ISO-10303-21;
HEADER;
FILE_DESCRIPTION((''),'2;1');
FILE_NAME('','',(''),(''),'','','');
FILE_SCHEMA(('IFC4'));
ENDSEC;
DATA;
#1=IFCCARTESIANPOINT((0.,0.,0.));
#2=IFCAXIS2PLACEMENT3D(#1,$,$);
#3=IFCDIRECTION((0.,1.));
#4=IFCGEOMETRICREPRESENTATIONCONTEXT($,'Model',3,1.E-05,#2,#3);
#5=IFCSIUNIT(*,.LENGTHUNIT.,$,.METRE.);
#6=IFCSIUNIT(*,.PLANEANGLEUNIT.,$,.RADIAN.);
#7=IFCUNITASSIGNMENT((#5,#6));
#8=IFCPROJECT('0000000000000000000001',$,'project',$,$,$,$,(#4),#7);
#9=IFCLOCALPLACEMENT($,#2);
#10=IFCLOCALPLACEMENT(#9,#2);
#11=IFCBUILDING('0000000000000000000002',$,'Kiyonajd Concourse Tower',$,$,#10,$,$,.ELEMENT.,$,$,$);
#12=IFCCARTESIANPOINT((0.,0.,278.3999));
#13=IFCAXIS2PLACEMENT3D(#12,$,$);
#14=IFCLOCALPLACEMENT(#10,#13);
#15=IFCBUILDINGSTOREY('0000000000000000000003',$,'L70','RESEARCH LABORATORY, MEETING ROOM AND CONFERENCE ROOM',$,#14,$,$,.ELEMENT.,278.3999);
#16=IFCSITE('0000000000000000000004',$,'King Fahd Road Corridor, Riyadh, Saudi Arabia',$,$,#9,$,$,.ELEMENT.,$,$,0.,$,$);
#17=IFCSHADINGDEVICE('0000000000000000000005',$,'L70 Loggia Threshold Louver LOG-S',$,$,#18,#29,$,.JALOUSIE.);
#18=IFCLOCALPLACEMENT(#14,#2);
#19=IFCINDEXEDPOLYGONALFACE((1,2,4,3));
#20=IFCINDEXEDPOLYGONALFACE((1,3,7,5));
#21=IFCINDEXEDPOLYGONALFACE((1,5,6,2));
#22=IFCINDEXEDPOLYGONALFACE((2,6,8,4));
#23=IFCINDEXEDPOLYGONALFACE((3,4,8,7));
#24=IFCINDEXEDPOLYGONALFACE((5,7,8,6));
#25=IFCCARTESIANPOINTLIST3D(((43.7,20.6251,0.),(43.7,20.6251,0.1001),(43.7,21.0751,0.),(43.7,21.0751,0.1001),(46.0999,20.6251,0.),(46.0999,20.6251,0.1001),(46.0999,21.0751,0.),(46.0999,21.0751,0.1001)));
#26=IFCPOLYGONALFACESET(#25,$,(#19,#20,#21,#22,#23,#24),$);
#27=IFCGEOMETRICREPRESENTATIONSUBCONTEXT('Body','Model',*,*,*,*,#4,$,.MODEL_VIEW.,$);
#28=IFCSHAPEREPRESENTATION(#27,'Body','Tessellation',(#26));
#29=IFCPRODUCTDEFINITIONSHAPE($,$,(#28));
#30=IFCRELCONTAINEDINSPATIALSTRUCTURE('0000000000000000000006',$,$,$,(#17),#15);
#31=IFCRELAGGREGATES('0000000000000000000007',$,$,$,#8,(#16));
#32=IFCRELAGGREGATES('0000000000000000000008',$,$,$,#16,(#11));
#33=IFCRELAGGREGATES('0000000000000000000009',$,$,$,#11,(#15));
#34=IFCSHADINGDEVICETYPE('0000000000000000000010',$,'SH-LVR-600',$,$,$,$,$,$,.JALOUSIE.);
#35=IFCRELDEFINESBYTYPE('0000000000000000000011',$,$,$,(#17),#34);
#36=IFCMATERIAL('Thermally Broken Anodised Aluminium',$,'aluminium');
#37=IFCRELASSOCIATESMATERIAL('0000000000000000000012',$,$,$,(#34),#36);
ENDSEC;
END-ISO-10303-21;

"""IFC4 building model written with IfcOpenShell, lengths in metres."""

from ifc_helpers import new_model, si_unit, direction, frame, origin, origin_2d, place, context, subcontext, project, spatial, rectangle, extrude, material, type_object, element, save


model = new_model("IFC4")

# Units and contexts
model_context = context("Model", 3, precision=1e-05, world=origin(), true_north=direction((0.0, 1.0)))
body_context = subcontext(model_context, "Body", "Model", "MODEL_VIEW")
ifc_project = project(units=[si_unit("LENGTHUNIT", "METRE"), si_unit("PLANEANGLEUNIT", "RADIAN")], contexts=[model_context])

# Site, building, storey
site_placement = place(None, origin())
site = spatial("IfcSite", under=ifc_project, at=site_placement, Name="King Fahd Road Corridor, Riyadh, Saudi Arabia", CompositionType="ELEMENT", RefElevation=0.0)
building_placement = place(site_placement, origin())
building = spatial("IfcBuilding", under=site, at=building_placement, Name="Kiyonajd Concourse Tower", CompositionType="ELEMENT")
storey_placement = place(building_placement, frame((0.0, 0.0, 278.3999)))
storey = spatial("IfcBuildingStorey", under=building, at=storey_placement, Name="L70", Description="RESEARCH LABORATORY, MEETING ROOM AND CONFERENCE ROOM", CompositionType="ELEMENT", Elevation=278.3999)

# Shared definitions
ifc_material_1 = material(Name="Thermally Broken Anodised Aluminium", Category="aluminium")

# Shading device
shading_device_type_1 = type_object("IfcShadingDeviceType", Name="SH-LVR-600", PredefinedType="JALOUSIE", material=ifc_material_1)
shading_device_1_placement = place(storey_placement, frame((44.8999, 20.8501, 0.0), z_axis=(0.0, 0.0, 1.0), x_axis=(1.0, 0.0, 0.0)))
element("IfcShadingDevice", 1, at=shading_device_1_placement, inside=storey, type_object=shading_device_type_1, Name="L70 Loggia Threshold Louver LOG-S", PredefinedType="JALOUSIE", context=body_context, shape_type="SweptSolid", body=[
    extrude(rectangle(XDim=2.3999, YDim=0.45, at=origin_2d()), origin(), (0.0, 0.0, 1.0), 0.1001),
])

save(model, "model.ifc")
